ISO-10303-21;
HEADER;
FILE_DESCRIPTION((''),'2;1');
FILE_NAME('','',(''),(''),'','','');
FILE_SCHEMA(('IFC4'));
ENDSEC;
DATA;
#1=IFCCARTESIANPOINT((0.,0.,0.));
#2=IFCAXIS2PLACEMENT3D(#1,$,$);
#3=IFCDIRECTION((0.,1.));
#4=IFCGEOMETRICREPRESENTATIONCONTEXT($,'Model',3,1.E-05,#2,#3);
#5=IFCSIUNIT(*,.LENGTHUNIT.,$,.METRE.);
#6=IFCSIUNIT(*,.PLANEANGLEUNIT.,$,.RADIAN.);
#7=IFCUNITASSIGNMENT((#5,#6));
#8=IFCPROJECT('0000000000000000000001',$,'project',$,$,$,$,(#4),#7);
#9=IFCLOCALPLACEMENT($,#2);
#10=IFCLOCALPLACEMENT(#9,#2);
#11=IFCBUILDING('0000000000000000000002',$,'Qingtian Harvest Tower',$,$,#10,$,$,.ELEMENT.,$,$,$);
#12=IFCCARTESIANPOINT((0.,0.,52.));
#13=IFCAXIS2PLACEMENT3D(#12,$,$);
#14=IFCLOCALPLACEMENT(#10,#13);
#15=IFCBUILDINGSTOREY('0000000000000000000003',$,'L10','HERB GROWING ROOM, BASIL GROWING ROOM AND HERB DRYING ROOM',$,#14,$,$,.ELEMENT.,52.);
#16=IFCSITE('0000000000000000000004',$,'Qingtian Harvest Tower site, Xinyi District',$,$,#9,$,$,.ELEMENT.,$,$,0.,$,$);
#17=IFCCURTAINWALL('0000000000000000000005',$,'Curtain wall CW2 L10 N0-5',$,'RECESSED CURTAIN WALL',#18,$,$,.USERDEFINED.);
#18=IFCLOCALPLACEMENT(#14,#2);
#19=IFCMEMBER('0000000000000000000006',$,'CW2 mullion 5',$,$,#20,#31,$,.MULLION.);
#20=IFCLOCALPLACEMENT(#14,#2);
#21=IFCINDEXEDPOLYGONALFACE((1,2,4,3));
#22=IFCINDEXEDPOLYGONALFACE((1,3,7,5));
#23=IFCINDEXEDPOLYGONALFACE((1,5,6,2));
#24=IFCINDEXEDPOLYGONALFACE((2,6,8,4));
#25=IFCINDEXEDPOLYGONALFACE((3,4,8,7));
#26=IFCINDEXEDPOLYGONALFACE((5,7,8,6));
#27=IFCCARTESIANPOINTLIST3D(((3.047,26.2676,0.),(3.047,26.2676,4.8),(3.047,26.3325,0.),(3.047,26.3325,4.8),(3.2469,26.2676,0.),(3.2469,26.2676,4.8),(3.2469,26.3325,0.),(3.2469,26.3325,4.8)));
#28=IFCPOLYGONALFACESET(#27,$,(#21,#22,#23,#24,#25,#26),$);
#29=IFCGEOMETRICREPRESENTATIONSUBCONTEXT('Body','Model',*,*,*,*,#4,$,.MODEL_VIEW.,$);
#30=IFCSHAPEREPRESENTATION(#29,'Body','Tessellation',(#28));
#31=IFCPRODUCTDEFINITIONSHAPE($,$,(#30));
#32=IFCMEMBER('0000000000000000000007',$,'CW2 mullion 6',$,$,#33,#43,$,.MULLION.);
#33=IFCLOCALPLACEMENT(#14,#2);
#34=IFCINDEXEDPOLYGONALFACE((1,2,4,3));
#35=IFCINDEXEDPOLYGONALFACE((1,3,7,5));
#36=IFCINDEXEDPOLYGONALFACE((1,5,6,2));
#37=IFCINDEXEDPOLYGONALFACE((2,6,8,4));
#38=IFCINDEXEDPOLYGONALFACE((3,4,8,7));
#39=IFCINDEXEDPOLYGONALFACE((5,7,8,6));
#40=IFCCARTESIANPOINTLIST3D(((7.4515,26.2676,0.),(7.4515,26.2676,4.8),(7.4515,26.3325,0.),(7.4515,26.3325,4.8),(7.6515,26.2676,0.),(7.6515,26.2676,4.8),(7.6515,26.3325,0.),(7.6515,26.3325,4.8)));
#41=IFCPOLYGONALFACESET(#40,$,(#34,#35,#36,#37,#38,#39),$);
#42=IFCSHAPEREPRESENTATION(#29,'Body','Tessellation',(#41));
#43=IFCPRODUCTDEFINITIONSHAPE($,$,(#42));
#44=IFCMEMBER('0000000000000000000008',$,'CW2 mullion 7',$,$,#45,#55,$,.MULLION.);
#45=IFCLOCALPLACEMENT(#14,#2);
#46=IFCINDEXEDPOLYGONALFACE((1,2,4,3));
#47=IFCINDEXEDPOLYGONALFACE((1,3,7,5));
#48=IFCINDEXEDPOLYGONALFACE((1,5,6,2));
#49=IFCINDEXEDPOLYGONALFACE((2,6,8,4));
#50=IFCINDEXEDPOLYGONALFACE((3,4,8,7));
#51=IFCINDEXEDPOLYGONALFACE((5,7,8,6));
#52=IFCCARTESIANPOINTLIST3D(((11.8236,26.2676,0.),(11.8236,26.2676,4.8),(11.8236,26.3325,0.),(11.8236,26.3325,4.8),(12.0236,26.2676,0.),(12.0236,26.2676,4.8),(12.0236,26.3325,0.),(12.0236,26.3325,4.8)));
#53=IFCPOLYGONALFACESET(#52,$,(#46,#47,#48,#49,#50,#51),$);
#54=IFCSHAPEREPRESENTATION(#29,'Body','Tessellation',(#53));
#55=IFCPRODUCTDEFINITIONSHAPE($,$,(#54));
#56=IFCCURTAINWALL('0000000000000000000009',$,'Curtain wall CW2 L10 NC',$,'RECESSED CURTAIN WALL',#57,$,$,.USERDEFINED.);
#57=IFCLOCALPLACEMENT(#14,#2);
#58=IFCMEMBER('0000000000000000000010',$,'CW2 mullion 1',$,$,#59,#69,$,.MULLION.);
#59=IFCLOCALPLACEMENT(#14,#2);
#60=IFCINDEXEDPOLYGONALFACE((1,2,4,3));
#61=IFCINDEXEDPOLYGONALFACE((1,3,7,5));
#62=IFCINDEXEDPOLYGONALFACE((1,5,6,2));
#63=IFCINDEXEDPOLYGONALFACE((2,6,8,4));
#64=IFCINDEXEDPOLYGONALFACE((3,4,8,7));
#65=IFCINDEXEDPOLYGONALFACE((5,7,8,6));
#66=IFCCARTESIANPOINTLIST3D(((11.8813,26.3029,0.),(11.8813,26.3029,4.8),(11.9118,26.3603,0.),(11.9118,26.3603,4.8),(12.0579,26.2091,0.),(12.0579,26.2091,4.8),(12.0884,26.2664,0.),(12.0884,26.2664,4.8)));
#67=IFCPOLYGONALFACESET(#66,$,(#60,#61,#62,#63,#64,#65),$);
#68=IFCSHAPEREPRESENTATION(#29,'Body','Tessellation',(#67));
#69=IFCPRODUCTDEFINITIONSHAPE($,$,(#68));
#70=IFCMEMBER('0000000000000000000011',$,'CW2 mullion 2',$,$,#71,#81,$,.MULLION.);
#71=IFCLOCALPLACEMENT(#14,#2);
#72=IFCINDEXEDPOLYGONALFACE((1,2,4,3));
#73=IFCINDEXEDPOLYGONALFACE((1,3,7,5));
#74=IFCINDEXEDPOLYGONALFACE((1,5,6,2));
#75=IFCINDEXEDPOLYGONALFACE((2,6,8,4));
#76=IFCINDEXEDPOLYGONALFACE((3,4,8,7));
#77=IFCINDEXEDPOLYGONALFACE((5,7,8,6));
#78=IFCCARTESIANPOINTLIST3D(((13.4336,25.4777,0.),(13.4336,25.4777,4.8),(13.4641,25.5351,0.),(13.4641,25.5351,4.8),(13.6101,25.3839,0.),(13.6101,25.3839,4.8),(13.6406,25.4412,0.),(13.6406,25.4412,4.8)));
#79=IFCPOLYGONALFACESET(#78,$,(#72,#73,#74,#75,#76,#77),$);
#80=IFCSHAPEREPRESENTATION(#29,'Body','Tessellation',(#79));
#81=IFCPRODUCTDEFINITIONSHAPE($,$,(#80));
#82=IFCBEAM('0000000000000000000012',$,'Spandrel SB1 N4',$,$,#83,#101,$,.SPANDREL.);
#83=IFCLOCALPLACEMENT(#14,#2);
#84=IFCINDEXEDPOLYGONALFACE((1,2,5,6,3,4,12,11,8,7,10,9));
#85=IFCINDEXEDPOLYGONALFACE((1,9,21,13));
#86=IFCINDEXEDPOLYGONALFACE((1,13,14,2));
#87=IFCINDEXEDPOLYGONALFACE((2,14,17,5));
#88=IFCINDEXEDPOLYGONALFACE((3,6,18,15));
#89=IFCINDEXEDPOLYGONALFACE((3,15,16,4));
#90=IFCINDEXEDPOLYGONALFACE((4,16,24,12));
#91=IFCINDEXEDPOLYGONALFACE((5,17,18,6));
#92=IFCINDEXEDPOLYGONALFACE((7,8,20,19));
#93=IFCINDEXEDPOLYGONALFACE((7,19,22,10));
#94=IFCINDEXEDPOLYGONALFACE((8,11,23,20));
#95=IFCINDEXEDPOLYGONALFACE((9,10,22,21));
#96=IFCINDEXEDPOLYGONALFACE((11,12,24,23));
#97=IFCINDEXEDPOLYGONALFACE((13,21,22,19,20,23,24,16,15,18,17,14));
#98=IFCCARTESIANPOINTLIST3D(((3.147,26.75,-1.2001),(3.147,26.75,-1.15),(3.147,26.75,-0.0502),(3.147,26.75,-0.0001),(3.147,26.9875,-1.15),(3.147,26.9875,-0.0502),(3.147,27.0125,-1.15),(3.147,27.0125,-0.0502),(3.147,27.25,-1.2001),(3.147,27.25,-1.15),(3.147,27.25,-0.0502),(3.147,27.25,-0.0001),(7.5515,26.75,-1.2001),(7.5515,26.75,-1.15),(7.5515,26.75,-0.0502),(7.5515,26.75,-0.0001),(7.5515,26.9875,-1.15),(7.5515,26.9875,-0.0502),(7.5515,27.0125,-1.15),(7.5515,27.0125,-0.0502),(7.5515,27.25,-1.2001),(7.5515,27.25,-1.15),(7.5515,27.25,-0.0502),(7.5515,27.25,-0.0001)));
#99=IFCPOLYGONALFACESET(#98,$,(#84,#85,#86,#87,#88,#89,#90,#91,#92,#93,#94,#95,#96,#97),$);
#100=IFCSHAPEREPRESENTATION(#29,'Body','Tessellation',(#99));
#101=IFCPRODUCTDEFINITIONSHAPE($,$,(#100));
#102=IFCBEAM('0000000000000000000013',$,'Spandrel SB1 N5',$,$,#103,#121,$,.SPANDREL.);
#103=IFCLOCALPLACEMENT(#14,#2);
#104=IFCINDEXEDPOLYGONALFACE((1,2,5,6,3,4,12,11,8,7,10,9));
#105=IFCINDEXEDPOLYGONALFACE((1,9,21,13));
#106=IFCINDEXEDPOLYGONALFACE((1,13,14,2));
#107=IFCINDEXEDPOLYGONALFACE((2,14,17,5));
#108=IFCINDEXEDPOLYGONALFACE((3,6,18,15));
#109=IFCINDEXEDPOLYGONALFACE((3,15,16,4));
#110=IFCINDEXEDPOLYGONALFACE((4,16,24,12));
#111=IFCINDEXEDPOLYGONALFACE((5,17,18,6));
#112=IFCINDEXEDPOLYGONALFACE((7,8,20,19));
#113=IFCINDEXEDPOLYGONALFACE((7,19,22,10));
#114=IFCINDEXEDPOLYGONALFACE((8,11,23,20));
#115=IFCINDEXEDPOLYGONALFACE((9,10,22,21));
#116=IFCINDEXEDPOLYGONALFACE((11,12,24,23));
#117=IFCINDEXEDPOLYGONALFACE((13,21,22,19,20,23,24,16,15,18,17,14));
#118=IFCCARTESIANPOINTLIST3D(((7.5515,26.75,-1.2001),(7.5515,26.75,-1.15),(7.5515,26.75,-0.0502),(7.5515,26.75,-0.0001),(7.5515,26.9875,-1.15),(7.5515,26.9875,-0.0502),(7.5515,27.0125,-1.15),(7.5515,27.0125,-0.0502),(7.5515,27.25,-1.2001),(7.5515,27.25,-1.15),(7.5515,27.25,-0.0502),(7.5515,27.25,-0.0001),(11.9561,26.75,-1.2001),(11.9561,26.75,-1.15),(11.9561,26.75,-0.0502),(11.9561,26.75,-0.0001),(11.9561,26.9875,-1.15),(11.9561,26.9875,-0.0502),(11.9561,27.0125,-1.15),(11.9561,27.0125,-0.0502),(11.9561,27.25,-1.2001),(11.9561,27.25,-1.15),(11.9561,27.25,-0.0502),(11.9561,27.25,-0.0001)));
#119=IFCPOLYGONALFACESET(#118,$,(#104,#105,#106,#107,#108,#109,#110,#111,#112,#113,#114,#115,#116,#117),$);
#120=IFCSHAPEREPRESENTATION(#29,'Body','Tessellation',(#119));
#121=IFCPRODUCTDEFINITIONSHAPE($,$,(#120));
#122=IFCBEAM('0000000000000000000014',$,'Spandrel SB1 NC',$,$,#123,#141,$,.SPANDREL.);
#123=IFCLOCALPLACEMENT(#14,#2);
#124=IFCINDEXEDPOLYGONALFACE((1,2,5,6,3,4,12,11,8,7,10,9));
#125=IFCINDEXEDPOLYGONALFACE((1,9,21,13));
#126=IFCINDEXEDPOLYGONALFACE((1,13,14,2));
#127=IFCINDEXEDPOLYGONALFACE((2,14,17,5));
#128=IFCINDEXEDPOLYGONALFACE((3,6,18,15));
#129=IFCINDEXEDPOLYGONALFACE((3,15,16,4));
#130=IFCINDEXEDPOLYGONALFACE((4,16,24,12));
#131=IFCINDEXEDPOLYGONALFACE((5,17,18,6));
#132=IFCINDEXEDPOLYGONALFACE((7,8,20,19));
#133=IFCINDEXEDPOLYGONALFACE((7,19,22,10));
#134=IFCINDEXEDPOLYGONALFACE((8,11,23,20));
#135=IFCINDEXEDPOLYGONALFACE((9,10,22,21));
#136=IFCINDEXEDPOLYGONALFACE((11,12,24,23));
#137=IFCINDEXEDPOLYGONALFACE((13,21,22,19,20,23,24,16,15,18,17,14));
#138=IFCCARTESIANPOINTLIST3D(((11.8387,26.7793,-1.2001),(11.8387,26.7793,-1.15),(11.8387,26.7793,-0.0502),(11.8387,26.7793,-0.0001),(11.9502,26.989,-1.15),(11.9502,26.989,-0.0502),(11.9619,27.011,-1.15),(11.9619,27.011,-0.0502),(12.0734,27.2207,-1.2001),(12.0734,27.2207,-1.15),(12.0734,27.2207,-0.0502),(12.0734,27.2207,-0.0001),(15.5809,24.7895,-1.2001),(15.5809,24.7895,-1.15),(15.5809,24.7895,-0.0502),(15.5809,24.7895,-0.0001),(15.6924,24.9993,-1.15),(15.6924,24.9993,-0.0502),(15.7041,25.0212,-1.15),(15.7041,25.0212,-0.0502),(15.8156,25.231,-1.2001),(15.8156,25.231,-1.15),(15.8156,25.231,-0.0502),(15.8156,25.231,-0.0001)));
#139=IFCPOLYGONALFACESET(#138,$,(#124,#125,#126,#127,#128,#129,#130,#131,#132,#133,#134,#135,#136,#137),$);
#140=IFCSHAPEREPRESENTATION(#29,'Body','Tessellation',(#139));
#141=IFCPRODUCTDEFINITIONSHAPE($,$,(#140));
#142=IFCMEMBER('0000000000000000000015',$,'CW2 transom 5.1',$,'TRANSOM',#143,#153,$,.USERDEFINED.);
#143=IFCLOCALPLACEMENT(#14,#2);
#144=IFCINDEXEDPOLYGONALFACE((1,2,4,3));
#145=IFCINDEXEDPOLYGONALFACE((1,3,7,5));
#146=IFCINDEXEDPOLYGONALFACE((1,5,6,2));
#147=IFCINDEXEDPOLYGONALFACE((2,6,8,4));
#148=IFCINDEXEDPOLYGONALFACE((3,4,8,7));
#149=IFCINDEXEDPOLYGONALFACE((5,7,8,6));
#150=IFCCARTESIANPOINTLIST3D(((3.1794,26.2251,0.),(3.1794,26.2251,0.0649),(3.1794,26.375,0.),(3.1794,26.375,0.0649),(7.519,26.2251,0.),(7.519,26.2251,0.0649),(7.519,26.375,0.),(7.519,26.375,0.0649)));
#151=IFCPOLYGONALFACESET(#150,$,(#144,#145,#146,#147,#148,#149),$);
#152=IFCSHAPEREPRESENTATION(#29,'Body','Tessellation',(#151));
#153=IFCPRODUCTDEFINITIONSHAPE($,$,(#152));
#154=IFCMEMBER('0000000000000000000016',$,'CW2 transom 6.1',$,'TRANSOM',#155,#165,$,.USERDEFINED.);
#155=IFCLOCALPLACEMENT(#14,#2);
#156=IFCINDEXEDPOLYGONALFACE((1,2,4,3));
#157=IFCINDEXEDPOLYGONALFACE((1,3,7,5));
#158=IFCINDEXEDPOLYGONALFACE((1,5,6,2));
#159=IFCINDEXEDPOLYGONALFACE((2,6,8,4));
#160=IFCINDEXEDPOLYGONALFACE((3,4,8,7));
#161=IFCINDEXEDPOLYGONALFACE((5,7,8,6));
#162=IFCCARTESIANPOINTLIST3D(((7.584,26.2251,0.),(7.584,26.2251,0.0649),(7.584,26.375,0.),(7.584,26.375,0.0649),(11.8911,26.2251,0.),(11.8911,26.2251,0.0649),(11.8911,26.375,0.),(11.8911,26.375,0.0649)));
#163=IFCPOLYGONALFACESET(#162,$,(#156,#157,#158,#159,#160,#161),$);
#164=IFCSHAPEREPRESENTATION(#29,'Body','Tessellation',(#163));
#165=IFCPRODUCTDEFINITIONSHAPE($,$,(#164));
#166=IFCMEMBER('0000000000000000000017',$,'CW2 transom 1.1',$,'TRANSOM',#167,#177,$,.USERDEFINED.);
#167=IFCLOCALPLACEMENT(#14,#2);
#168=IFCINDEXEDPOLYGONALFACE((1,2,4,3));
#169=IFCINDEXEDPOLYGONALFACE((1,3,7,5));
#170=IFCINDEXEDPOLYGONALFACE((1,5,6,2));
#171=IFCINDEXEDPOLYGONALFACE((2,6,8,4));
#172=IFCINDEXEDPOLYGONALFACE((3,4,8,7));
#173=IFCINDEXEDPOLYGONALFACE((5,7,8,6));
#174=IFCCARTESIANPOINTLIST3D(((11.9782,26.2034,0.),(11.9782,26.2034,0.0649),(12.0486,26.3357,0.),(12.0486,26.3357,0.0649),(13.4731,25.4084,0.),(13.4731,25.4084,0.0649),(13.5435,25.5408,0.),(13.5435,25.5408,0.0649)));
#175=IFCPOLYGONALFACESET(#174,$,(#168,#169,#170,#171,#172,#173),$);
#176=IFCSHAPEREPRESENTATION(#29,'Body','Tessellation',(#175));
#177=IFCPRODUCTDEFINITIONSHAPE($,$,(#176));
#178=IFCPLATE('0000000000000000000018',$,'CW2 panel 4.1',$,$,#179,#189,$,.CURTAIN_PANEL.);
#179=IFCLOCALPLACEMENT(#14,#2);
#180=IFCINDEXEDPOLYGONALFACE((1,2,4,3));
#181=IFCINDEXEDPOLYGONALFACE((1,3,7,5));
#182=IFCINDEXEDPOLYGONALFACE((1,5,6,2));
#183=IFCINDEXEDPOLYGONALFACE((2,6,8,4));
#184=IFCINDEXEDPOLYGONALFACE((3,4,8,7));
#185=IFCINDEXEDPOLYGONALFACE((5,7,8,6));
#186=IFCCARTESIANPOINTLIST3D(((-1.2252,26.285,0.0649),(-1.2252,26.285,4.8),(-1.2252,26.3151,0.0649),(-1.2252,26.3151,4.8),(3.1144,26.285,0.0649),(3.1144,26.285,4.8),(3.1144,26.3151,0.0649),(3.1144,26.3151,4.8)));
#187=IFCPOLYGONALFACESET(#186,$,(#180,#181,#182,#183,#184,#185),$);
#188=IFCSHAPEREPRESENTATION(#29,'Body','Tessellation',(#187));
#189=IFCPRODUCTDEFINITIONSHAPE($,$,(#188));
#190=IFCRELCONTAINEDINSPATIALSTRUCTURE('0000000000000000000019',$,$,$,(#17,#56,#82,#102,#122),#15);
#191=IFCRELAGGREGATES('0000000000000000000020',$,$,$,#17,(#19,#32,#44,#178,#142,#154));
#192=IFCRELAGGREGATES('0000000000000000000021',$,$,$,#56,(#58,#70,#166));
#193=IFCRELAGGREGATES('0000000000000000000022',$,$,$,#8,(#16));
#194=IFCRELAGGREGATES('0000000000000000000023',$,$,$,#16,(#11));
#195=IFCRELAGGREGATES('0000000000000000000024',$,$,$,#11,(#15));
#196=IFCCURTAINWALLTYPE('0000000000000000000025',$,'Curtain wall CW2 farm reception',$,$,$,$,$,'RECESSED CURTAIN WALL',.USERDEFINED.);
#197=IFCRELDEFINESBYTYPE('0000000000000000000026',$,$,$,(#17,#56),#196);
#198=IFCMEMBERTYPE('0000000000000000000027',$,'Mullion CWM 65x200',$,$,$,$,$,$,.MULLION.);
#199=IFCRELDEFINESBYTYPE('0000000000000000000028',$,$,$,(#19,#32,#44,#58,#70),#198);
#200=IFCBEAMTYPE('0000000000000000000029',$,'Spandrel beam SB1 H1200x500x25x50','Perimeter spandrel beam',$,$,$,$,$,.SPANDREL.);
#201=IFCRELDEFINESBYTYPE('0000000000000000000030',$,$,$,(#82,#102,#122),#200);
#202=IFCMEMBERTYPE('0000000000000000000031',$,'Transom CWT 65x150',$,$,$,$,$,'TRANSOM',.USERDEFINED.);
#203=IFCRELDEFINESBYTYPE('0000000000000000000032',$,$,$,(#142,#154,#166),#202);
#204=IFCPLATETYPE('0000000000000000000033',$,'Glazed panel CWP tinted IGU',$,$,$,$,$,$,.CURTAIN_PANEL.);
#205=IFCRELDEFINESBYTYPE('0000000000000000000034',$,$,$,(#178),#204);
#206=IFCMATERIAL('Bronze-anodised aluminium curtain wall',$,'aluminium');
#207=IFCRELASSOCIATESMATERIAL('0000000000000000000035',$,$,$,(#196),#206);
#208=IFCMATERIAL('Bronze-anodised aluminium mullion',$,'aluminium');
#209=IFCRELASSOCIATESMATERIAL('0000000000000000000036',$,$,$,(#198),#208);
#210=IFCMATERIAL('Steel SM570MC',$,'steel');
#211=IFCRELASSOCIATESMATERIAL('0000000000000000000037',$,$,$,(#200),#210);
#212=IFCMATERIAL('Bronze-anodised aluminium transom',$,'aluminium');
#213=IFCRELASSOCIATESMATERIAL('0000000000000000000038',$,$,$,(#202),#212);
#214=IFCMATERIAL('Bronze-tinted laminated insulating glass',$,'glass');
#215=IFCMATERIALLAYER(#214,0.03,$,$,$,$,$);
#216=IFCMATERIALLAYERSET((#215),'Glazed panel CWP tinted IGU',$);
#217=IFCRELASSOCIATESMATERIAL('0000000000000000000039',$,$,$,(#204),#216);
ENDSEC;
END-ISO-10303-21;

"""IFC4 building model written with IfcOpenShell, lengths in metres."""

from ifc_helpers import new_model, si_unit, direction, frame, origin, origin_2d, place, context, subcontext, project, spatial, rectangle, i_section, extrude, material, layer, layer_set, material_profile, profile_set, type_object, element, aggregate, save


model = new_model("IFC4")

# Units and contexts
model_context = context("Model", 3, precision=1e-05, world=origin(), true_north=direction((0.0, 1.0)))
body_context = subcontext(model_context, "Body", "Model", "MODEL_VIEW")
ifc_project = project(units=[si_unit("LENGTHUNIT", "METRE"), si_unit("PLANEANGLEUNIT", "RADIAN")], contexts=[model_context])

# Site, building, storey
site_placement = place(None, origin())
site = spatial("IfcSite", under=ifc_project, at=site_placement, Name="Qingtian Harvest Tower site, Xinyi District", CompositionType="ELEMENT", RefElevation=0.0)
building_placement = place(site_placement, origin())
building = spatial("IfcBuilding", under=site, at=building_placement, Name="Qingtian Harvest Tower", CompositionType="ELEMENT")
storey_placement = place(building_placement, frame((0.0, 0.0, 52.0)))
storey = spatial("IfcBuildingStorey", under=building, at=storey_placement, Name="L10", Description="HERB GROWING ROOM, BASIL GROWING ROOM AND HERB DRYING ROOM", CompositionType="ELEMENT", Elevation=52.0)

# Curtain walls, members
ifc_material_1 = material(Name="Bronze-anodised aluminium curtain wall", Category="aluminium")
curtain_wall_type = type_object("IfcCurtainWallType", Name="Curtain wall CW2 farm reception", ElementType="RECESSED CURTAIN WALL", PredefinedType="USERDEFINED", material=ifc_material_1)
curtain_wall_1_placement = place(storey_placement, origin())
curtain_wall_1 = element("IfcCurtainWall", 1, at=curtain_wall_1_placement, inside=storey, type_object=curtain_wall_type, Name="Curtain wall CW2 L10 N0-5", ObjectType="RECESSED CURTAIN WALL", PredefinedType="USERDEFINED")
ifc_material_2 = material(Name="Bronze-anodised aluminium mullion", Category="aluminium")
ifc_material_profile_1 = material_profile(ifc_material_2, rectangle(XDim=0.0649, YDim=0.2, at=origin_2d()), Name="AL 65x200")
ifc_profile_set_1 = profile_set([ifc_material_profile_1], Name="Bronze-anodised aluminium mullion")
member_type_1 = type_object("IfcMemberType", Name="Mullion CWM 65x200", PredefinedType="MULLION", material=ifc_profile_set_1)
member_1_placement = place(storey_placement, frame((3.147, 26.3, 0.0), z_axis=(0.0, 0.0, 1.0), x_axis=(0.0, 1.0, 0.0)))
member_1 = element("IfcMember", 2, at=member_1_placement, type_object=member_type_1, Name="CW2 mullion 5", PredefinedType="MULLION", context=body_context, shape_type="SweptSolid", body=[
    extrude(rectangle(XDim=0.0649, YDim=0.2, at=origin_2d()), origin(), (0.0, 0.0, 1.0), 4.8),
])
member_2_placement = place(storey_placement, frame((7.5515, 26.3, 0.0), z_axis=(0.0, 0.0, 1.0), x_axis=(0.0, 1.0, 0.0)))
member_2 = element("IfcMember", 3, at=member_2_placement, type_object=member_type_1, Name="CW2 mullion 6", PredefinedType="MULLION", context=body_context, shape_type="SweptSolid", body=[
    extrude(rectangle(XDim=0.0649, YDim=0.2, at=origin_2d()), origin(), (0.0, 0.0, 1.0), 4.8),
])
member_3_placement = place(storey_placement, frame((11.9236, 26.3, 0.0), z_axis=(0.0, 0.0, 1.0), x_axis=(0.0, 1.0, 0.0)))
member_3 = element("IfcMember", 4, at=member_3_placement, type_object=member_type_1, Name="CW2 mullion 7", PredefinedType="MULLION", context=body_context, shape_type="SweptSolid", body=[
    extrude(rectangle(XDim=0.0649, YDim=0.2, at=origin_2d()), origin(), (0.0, 0.0, 1.0), 4.8),
])
curtain_wall_2_placement = place(storey_placement, origin())
curtain_wall_2 = element("IfcCurtainWall", 5, at=curtain_wall_2_placement, inside=storey, type_object=curtain_wall_type, Name="Curtain wall CW2 L10 NC", ObjectType="RECESSED CURTAIN WALL", PredefinedType="USERDEFINED")
member_4_placement = place(storey_placement, frame((11.9849, 26.2847, 0.0), z_axis=(0.0, 0.0, 1.0), x_axis=(0.469472, 0.882948, 0.0)))
member_4 = element("IfcMember", 6, at=member_4_placement, type_object=member_type_1, Name="CW2 mullion 1", PredefinedType="MULLION", context=body_context, shape_type="SweptSolid", body=[
    extrude(rectangle(XDim=0.0649, YDim=0.2, at=origin_2d()), origin(), (0.0, 0.0, 1.0), 4.8),
])
member_5_placement = place(storey_placement, frame((13.5371, 25.4595, 0.0), z_axis=(0.0, 0.0, 1.0), x_axis=(0.469472, 0.882948, 0.0)))
member_5 = element("IfcMember", 7, at=member_5_placement, type_object=member_type_1, Name="CW2 mullion 2", PredefinedType="MULLION", context=body_context, shape_type="SweptSolid", body=[
    extrude(rectangle(XDim=0.0649, YDim=0.2, at=origin_2d()), origin(), (0.0, 0.0, 1.0), 4.8),
])

# Beams
ifc_material_3 = material(Name="Steel SM570MC", Category="steel")
ifc_material_profile_2 = material_profile(ifc_material_3, i_section(OverallWidth=0.5, OverallDepth=1.2, WebThickness=0.0249, FlangeThickness=0.05, at=origin_2d()), Name="H1200x500x25x50")
ifc_profile_set_2 = profile_set([ifc_material_profile_2], Name="Steel SM570MC")
beam_type_1 = type_object("IfcBeamType", Name="Spandrel beam SB1 H1200x500x25x50", Description="Perimeter spandrel beam", PredefinedType="SPANDREL", material=ifc_profile_set_2)
for number, where, z_axis, x_axis, name in (
    (8, (3.147, 27.0, -0.6001), (1.0, 0.0, 0.0), (0.0, 1.0, 0.0), "Spandrel SB1 N4"),
    (9, (7.5515, 27.0, -0.6001), (1.0, 0.0, 0.0), (0.0, 1.0, 0.0), "Spandrel SB1 N5"),
):
    element("IfcBeam", number, at=place(storey_placement, frame(where, z_axis=z_axis, x_axis=x_axis)), inside=storey, type_object=beam_type_1, Name=name, PredefinedType="SPANDREL", context=body_context, shape_type="SweptSolid", body=[
        extrude(i_section(OverallWidth=0.5, OverallDepth=1.2, WebThickness=0.0249, FlangeThickness=0.05, at=origin_2d()), origin(), (0.0, 0.0, 1.0), 4.4045),
    ])
beam_1_placement = place(storey_placement, frame((11.9561, 27.0, -0.6001), z_axis=(0.882949, -0.46947, 0.0), x_axis=(0.46947, 0.882949, 0.0)))
element("IfcBeam", 10, at=beam_1_placement, inside=storey, type_object=beam_type_1, Name="Spandrel SB1 NC", PredefinedType="SPANDREL", context=body_context, shape_type="SweptSolid", body=[
    extrude(i_section(OverallWidth=0.5, OverallDepth=1.2, WebThickness=0.0249, FlangeThickness=0.05, at=origin_2d()), origin(), (0.0, 0.0, 1.0), 4.2383),
])

# Members
ifc_material_4 = material(Name="Bronze-anodised aluminium transom", Category="aluminium")
ifc_material_profile_3 = material_profile(ifc_material_4, rectangle(XDim=0.1499, YDim=0.0649, at=origin_2d()), Name="AL 65x150")
ifc_profile_set_3 = profile_set([ifc_material_profile_3], Name="Bronze-anodised aluminium transom")
member_type_2 = type_object("IfcMemberType", Name="Transom CWT 65x150", ElementType="TRANSOM", PredefinedType="USERDEFINED", material=ifc_profile_set_3)
member_6_placement = place(storey_placement, frame((3.1794, 26.3, 0.0325), z_axis=(1.0, 0.0, 0.0), x_axis=(0.0, 1.0, 0.0)))
member_6 = element("IfcMember", 11, at=member_6_placement, type_object=member_type_2, Name="CW2 transom 5.1", ObjectType="TRANSOM", PredefinedType="USERDEFINED", context=body_context, shape_type="SweptSolid", body=[
    extrude(rectangle(XDim=0.1499, YDim=0.0649, at=origin_2d()), origin(), (0.0, 0.0, 1.0), 4.3396),
])
member_7_placement = place(storey_placement, frame((7.584, 26.3, 0.0325), z_axis=(1.0, 0.0, 0.0), x_axis=(0.0, 1.0, 0.0)))
member_7 = element("IfcMember", 12, at=member_7_placement, type_object=member_type_2, Name="CW2 transom 6.1", ObjectType="TRANSOM", PredefinedType="USERDEFINED", context=body_context, shape_type="SweptSolid", body=[
    extrude(rectangle(XDim=0.1499, YDim=0.0649, at=origin_2d()), origin(), (0.0, 0.0, 1.0), 4.3071),
])
member_8_placement = place(storey_placement, frame((12.0134, 26.2695, 0.0325), z_axis=(0.882927, -0.46951, 0.0), x_axis=(0.46951, 0.882927, 0.0)))
member_8 = element("IfcMember", 13, at=member_8_placement, type_object=member_type_2, Name="CW2 transom 1.1", ObjectType="TRANSOM", PredefinedType="USERDEFINED", context=body_context, shape_type="SweptSolid", body=[
    extrude(rectangle(XDim=0.1499, YDim=0.0649, at=origin_2d()), origin(), (0.0, 0.0, 1.0), 1.6931),
])

# Plate
ifc_material_5 = material(Name="Bronze-tinted laminated insulating glass", Category="glass")
ifc_layer_1 = layer(ifc_material_5, 0.03)
ifc_layer_set_1 = layer_set([ifc_layer_1], Name="Glazed panel CWP tinted IGU")
plate_type = type_object("IfcPlateType", Name="Glazed panel CWP tinted IGU", PredefinedType="CURTAIN_PANEL", material=ifc_layer_set_1)
plate_1_placement = place(storey_placement, frame((0.9446, 26.3, 0.0649), z_axis=(0.0, 0.0, 1.0), x_axis=(1.0, 0.0, 0.0)))
plate_1 = element("IfcPlate", 14, at=plate_1_placement, type_object=plate_type, Name="CW2 panel 4.1", PredefinedType="CURTAIN_PANEL", context=body_context, shape_type="SweptSolid", body=[
    extrude(rectangle(XDim=4.3396, YDim=0.03, at=origin_2d()), origin(), (0.0, 0.0, 1.0), 4.7351),
])
aggregate(curtain_wall_1, [member_1, member_2, member_3, plate_1, member_6, member_7])
aggregate(curtain_wall_2, [member_4, member_5, member_8])

save(model, "model.ifc")
